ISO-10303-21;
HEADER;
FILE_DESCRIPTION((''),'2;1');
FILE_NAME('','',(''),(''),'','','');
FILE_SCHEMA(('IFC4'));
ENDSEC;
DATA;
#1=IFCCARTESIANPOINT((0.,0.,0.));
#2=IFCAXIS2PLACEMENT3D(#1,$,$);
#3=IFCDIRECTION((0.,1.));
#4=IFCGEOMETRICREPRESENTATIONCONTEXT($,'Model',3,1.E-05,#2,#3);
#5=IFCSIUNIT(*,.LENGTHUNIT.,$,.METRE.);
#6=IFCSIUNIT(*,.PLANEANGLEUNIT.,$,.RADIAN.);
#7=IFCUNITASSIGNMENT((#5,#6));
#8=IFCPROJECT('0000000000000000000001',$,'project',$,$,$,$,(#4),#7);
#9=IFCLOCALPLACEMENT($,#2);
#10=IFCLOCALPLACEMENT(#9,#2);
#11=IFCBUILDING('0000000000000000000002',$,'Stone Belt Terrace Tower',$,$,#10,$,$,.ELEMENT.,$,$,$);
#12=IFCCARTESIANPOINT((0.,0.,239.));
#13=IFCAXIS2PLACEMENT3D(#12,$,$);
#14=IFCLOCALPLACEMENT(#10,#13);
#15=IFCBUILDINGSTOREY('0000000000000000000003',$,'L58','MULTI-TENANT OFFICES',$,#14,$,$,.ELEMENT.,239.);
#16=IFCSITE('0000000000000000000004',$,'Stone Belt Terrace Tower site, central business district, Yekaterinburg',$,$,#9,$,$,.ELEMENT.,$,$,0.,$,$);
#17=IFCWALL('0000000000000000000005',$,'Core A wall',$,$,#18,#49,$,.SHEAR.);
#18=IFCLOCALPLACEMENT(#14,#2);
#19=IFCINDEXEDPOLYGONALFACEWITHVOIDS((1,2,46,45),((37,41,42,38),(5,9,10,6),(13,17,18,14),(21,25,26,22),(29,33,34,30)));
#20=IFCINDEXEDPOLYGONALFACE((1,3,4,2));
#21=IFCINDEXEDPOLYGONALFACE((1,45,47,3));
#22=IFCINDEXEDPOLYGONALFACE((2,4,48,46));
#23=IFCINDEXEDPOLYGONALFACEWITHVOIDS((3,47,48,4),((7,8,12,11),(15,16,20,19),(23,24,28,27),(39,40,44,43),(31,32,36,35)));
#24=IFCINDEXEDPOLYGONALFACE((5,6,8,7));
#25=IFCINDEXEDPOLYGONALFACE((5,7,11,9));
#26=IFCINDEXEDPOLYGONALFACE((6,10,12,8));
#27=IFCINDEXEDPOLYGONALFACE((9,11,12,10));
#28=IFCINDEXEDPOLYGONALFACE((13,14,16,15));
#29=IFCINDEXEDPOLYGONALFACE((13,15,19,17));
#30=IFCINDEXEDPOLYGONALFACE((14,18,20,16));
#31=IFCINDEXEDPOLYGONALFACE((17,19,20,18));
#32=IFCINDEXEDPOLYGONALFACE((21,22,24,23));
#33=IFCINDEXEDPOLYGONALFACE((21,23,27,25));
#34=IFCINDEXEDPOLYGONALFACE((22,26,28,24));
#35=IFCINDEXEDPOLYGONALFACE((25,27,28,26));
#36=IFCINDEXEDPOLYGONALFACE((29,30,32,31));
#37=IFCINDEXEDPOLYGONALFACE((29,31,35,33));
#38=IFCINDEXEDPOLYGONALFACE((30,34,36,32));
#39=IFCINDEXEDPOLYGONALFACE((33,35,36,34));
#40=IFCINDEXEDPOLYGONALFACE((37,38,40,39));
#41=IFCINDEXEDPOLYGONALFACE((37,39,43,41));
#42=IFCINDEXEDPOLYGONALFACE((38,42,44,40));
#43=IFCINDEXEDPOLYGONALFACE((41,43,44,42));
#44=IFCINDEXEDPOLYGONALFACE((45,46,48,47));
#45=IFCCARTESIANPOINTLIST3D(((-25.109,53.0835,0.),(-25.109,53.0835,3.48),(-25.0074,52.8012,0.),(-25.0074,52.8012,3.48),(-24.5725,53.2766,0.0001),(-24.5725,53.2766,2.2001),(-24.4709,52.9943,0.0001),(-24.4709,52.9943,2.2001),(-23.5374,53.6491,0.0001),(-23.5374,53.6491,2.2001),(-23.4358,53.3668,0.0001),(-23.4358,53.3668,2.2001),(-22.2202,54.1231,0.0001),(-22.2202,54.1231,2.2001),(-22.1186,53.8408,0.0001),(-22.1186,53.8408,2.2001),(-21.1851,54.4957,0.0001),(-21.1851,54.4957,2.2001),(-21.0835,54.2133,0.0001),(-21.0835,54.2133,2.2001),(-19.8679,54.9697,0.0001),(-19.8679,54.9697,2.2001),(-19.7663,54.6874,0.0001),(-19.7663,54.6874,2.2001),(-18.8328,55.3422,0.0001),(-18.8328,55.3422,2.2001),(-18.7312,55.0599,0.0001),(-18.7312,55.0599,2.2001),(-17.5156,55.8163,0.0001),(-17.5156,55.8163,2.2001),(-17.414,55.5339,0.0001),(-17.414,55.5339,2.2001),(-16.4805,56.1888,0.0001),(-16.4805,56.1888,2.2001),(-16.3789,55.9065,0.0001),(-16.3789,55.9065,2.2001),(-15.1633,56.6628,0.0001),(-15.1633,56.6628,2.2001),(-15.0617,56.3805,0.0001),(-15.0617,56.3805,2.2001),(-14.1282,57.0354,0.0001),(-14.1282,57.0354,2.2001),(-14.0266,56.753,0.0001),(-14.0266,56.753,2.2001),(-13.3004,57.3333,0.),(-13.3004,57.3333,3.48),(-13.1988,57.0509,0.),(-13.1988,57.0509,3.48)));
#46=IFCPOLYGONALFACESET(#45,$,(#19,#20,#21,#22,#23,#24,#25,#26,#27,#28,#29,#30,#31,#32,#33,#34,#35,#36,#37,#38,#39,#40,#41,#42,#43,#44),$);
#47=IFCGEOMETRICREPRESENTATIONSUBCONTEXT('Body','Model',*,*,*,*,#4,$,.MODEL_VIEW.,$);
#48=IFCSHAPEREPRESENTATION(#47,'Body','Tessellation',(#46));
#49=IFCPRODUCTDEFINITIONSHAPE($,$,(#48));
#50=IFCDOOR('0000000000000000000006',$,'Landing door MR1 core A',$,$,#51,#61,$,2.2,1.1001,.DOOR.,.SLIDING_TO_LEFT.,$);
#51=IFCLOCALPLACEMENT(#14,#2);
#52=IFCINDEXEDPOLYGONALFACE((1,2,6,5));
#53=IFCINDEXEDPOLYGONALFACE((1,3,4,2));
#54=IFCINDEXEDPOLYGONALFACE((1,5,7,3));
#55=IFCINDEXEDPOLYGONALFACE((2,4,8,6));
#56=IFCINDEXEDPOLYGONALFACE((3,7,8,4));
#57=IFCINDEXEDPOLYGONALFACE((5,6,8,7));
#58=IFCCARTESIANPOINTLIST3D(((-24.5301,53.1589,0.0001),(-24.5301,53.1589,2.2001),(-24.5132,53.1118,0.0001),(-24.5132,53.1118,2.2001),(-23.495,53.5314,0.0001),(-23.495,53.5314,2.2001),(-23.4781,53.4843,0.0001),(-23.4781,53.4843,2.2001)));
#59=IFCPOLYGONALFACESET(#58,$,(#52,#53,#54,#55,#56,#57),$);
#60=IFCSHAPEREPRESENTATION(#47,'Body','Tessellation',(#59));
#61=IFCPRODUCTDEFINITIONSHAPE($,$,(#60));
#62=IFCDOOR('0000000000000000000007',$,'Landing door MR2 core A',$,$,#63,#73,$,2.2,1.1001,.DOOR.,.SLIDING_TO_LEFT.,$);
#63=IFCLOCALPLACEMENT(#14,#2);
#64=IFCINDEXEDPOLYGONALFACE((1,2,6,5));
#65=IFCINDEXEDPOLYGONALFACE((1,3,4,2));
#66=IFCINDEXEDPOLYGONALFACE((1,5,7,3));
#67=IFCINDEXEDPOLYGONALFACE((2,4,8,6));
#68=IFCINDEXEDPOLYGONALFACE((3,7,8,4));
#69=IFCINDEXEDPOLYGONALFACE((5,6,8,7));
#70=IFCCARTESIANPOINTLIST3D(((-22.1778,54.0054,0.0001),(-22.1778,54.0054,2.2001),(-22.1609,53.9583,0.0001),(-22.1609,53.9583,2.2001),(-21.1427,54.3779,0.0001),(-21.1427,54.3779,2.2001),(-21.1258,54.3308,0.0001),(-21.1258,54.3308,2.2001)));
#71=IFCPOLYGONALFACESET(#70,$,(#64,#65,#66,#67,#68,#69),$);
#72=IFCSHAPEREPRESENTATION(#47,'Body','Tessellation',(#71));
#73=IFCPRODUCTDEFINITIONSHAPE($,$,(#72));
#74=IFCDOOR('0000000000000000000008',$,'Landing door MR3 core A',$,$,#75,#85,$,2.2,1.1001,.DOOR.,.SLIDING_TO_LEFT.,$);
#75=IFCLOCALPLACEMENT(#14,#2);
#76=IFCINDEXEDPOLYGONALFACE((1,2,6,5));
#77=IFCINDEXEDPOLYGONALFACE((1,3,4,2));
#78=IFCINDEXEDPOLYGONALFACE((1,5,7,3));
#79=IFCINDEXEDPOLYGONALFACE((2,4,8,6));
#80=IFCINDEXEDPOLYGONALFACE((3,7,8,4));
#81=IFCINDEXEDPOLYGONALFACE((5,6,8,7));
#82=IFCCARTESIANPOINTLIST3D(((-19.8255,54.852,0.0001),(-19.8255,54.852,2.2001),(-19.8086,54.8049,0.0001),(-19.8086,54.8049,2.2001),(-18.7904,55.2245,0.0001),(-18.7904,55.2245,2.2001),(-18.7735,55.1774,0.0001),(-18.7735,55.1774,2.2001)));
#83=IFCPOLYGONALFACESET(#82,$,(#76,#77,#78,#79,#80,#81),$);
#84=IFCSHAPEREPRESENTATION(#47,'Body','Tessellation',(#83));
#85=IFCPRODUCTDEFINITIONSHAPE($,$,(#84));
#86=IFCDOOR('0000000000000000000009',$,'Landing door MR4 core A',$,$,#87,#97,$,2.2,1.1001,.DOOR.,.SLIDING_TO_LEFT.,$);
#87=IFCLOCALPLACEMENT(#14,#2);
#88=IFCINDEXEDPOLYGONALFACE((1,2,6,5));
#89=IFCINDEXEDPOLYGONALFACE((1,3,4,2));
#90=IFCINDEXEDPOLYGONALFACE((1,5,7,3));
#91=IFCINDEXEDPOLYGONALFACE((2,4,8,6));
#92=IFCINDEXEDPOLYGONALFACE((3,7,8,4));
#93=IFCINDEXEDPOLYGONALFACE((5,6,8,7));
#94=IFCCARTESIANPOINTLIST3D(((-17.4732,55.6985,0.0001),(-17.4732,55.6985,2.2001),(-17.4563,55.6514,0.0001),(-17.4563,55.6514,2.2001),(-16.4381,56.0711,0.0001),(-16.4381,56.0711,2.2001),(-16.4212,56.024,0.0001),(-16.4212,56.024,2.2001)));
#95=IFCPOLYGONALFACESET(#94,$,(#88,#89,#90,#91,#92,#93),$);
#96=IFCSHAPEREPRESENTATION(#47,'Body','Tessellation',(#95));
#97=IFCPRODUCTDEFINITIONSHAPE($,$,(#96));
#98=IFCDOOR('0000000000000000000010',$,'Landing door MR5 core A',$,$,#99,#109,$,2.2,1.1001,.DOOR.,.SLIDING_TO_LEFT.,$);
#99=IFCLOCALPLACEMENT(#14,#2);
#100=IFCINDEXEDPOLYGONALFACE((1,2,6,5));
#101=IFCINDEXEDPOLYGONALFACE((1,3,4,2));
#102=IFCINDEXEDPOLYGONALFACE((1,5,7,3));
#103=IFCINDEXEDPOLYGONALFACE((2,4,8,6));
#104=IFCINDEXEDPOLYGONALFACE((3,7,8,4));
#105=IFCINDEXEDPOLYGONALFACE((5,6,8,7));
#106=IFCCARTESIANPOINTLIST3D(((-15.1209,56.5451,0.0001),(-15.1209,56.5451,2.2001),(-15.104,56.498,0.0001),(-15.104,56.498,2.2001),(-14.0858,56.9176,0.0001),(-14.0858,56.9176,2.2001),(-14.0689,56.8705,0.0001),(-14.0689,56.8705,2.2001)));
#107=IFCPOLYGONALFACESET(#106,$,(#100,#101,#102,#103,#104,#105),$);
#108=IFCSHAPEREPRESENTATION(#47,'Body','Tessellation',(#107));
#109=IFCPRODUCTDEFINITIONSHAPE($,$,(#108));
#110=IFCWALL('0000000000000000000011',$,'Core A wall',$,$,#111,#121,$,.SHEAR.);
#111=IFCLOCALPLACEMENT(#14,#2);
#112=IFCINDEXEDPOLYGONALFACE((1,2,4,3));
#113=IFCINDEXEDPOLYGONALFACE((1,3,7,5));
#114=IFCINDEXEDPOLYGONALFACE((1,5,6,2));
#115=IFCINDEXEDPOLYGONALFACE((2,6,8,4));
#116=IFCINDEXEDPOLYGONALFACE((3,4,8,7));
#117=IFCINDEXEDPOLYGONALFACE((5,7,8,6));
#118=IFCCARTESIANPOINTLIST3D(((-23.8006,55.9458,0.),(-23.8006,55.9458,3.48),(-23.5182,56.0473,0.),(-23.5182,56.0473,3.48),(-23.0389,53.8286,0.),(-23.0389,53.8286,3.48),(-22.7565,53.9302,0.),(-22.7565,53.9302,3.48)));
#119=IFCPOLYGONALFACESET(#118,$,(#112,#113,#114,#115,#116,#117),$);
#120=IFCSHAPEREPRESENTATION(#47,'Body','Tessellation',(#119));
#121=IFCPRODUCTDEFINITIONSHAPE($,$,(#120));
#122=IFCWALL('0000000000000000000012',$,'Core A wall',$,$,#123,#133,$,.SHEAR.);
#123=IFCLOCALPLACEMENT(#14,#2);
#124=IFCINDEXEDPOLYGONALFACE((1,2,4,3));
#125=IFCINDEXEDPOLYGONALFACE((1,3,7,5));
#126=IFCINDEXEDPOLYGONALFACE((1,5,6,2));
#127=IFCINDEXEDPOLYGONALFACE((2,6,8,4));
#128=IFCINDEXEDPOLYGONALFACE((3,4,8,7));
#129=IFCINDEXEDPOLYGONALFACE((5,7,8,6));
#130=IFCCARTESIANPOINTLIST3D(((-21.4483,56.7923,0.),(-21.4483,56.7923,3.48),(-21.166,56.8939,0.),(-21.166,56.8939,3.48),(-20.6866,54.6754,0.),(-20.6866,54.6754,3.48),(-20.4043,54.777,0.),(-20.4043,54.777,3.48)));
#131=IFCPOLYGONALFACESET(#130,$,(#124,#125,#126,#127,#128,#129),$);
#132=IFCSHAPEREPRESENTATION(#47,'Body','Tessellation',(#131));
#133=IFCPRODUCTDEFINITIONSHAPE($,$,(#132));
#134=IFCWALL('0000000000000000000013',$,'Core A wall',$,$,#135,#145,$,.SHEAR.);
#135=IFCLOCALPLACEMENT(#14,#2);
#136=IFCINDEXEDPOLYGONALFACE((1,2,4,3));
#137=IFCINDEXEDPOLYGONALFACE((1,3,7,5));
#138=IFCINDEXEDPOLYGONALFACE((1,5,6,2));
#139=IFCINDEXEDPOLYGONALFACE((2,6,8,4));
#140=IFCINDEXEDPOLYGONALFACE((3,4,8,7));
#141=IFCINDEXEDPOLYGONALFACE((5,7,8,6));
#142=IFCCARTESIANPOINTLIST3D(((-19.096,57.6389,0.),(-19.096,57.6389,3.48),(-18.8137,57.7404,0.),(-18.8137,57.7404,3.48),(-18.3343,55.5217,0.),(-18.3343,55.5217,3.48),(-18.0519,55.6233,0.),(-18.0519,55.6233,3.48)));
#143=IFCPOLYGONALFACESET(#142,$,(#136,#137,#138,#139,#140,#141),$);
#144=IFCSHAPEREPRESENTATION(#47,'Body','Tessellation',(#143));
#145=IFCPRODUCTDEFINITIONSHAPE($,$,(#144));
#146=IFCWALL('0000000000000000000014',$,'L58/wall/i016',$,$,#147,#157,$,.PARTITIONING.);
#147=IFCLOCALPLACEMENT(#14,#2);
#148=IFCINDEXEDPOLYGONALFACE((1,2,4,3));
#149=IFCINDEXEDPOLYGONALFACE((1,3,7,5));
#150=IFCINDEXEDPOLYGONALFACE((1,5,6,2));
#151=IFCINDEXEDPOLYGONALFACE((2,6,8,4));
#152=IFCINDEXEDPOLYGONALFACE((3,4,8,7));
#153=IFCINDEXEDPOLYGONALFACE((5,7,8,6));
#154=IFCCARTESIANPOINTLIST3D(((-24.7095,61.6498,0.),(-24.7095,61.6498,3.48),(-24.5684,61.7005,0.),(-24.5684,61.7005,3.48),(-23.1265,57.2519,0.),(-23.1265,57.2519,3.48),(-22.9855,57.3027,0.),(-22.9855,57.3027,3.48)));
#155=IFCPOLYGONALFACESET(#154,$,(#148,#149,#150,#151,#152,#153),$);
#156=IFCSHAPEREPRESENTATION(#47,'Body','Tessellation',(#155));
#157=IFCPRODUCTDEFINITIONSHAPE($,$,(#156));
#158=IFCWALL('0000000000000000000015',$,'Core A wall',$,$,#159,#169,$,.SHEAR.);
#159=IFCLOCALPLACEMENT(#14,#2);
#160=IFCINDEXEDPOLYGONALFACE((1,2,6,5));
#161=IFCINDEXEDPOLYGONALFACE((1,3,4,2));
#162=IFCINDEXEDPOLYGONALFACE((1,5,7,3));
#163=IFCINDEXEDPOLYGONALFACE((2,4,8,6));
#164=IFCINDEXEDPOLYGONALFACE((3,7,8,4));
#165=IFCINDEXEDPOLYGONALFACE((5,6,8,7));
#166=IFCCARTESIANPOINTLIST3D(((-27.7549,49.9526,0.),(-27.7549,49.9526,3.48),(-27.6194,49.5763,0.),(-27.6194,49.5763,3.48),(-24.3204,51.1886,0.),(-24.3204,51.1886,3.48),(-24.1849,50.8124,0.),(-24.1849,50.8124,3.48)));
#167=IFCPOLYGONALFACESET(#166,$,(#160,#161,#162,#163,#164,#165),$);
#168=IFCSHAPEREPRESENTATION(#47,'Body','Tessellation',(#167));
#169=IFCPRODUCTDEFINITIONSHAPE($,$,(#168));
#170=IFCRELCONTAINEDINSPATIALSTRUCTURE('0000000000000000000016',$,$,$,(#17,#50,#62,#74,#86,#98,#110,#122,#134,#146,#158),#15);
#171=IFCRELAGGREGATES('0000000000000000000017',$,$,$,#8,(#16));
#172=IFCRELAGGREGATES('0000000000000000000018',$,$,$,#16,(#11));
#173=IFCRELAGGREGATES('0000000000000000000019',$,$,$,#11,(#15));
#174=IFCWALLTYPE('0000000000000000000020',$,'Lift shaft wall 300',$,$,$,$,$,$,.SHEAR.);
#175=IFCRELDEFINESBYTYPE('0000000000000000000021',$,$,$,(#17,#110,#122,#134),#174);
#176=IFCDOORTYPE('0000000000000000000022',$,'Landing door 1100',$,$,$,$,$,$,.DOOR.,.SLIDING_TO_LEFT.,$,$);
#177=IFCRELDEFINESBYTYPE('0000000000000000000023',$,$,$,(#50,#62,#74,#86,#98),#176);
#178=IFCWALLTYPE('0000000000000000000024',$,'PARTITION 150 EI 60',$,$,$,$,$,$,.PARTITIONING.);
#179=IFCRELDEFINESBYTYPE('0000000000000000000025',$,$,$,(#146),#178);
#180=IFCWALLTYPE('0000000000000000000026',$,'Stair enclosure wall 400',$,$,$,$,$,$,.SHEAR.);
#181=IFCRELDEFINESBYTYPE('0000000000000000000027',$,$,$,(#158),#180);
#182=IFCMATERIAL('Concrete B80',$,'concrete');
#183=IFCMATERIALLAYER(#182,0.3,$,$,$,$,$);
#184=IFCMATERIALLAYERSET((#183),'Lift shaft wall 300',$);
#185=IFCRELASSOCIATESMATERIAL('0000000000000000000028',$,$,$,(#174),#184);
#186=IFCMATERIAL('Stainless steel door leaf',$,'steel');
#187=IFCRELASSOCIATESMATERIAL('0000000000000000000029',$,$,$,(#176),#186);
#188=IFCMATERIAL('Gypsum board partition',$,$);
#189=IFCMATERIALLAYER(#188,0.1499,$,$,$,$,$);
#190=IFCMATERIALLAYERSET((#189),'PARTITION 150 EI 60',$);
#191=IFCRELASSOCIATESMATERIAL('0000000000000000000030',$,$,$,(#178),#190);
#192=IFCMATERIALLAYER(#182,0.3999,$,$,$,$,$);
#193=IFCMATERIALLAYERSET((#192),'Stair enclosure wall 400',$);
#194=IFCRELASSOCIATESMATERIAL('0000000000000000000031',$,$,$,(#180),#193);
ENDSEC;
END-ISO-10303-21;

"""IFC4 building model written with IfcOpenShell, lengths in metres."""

from ifc_helpers import new_model, si_unit, direction, frame, frame_2d, origin, place, context, subcontext, project, spatial, rectangle, extrude, material, layer, layer_set, type_object, element, fill, save


model = new_model("IFC4")

# Units and contexts
model_context = context("Model", 3, precision=1e-05, world=origin(), true_north=direction((0.0, 1.0)))
body_context = subcontext(model_context, "Body", "Model", "MODEL_VIEW")
ifc_project = project(units=[si_unit("LENGTHUNIT", "METRE"), si_unit("PLANEANGLEUNIT", "RADIAN")], contexts=[model_context])

# Site, building, storey
site_placement = place(None, origin())
site = spatial("IfcSite", under=ifc_project, at=site_placement, Name="Stone Belt Terrace Tower site, central business district, Yekaterinburg", CompositionType="ELEMENT", RefElevation=0.0)
building_placement = place(site_placement, origin())
building = spatial("IfcBuilding", under=site, at=building_placement, Name="Stone Belt Terrace Tower", CompositionType="ELEMENT")
storey_placement = place(building_placement, frame((0.0, 0.0, 239.0)))
storey = spatial("IfcBuildingStorey", under=building, at=storey_placement, Name="L58", Description="MULTI-TENANT OFFICES", CompositionType="ELEMENT", Elevation=239.0)

# Shared definitions
ifc_material_1 = material(Name="Concrete B80", Category="concrete")

# Shared definitions
ifc_layer_1 = layer(ifc_material_1, 0.3)
ifc_layer_set_1 = layer_set([ifc_layer_1], Name="Lift shaft wall 300")
wall_type_1 = type_object("IfcWallType", Name="Lift shaft wall 300", PredefinedType="SHEAR", material=ifc_layer_set_1)
ifc_material_2 = material(Name="Stainless steel door leaf", Category="steel")

# Wall, openings, doors
wall_1_placement = place(storey_placement, frame((-25.0581, 52.9424, 0.0), z_axis=(0.0, 0.0, 1.0), x_axis=(0.940921, 0.338625, 0.0)))
wall_1 = element("IfcWall", 1, at=wall_1_placement, inside=storey, type_object=wall_type_1, Name="Core A wall", PredefinedType="SHEAR", context=body_context, shape_type="SweptSolid", body=[
    extrude(rectangle(XDim=12.55, YDim=0.3, at=frame_2d((6.2749, 0.0))), origin(), (0.0, 0.0, 1.0), 3.48),
])
opening_1_placement = place(wall_1_placement, frame((0.5701, 0.0, 0.0)))
opening_1 = element("IfcOpeningElement", 2, at=opening_1_placement, cuts=wall_1, PredefinedType="OPENING", context=body_context, shape_type="SweptSolid", body=[
    extrude(rectangle(XDim=1.1001, YDim=2.2, at=frame_2d((0.55, 1.1001))), frame((0.0, 0.1599, 0.0), z_axis=(0.0, -1.0, 0.0), x_axis=(1.0, 0.0, 0.0)), (0.0, 0.0, 1.0), 0.3201),
])
opening_2_placement = place(wall_1_placement, frame((3.0701, 0.0, 0.0)))
opening_2 = element("IfcOpeningElement", 3, at=opening_2_placement, cuts=wall_1, PredefinedType="OPENING", context=body_context, shape_type="SweptSolid", body=[
    extrude(rectangle(XDim=1.1001, YDim=2.2, at=frame_2d((0.55, 1.1001))), frame((0.0, 0.1599, 0.0), z_axis=(0.0, -1.0, 0.0), x_axis=(1.0, 0.0, 0.0)), (0.0, 0.0, 1.0), 0.3201),
])
opening_3_placement = place(wall_1_placement, frame((5.5701, 0.0, 0.0)))
opening_3 = element("IfcOpeningElement", 4, at=opening_3_placement, cuts=wall_1, PredefinedType="OPENING", context=body_context, shape_type="SweptSolid", body=[
    extrude(rectangle(XDim=1.1001, YDim=2.2, at=frame_2d((0.55, 1.1001))), frame((0.0, 0.1599, 0.0), z_axis=(0.0, -1.0, 0.0), x_axis=(1.0, 0.0, 0.0)), (0.0, 0.0, 1.0), 0.3201),
])
opening_4_placement = place(wall_1_placement, frame((8.0701, 0.0, 0.0)))
opening_4 = element("IfcOpeningElement", 5, at=opening_4_placement, cuts=wall_1, PredefinedType="OPENING", context=body_context, shape_type="SweptSolid", body=[
    extrude(rectangle(XDim=1.1001, YDim=2.2, at=frame_2d((0.55, 1.1001))), frame((0.0, 0.1599, 0.0), z_axis=(0.0, -1.0, 0.0), x_axis=(1.0, 0.0, 0.0)), (0.0, 0.0, 1.0), 0.3201),
])
opening_5_placement = place(wall_1_placement, frame((10.5701, 0.0, 0.0)))
opening_5 = element("IfcOpeningElement", 6, at=opening_5_placement, cuts=wall_1, PredefinedType="OPENING", context=body_context, shape_type="SweptSolid", body=[
    extrude(rectangle(XDim=1.1001, YDim=2.2, at=frame_2d((0.55, 1.1001))), frame((0.0, 0.1599, 0.0), z_axis=(0.0, -1.0, 0.0), x_axis=(1.0, 0.0, 0.0)), (0.0, 0.0, 1.0), 0.3201),
])
door_type_1 = type_object("IfcDoorType", Name="Landing door 1100", OperationType="SLIDING_TO_LEFT", PredefinedType="DOOR", material=ifc_material_2)
door_1_placement = place(opening_1_placement, origin())
door_1 = element("IfcDoor", 7, at=door_1_placement, inside=storey, type_object=door_type_1, Name="Landing door MR1 core A", OperationType="SLIDING_TO_LEFT", OverallHeight=2.2, OverallWidth=1.1001, PredefinedType="DOOR", context=body_context, shape_type="SweptSolid", body=[
    extrude(rectangle(XDim=1.1001, YDim=2.2, at=frame_2d((0.55, 1.1001))), frame((0.0, 0.0249, 0.0), z_axis=(0.0, -1.0, 0.0), x_axis=(1.0, 0.0, 0.0)), (0.0, 0.0, 1.0), 0.05),
])
fill(opening_1, door_1)
door_2_placement = place(opening_2_placement, origin())
door_2 = element("IfcDoor", 8, at=door_2_placement, inside=storey, type_object=door_type_1, Name="Landing door MR2 core A", OperationType="SLIDING_TO_LEFT", OverallHeight=2.2, OverallWidth=1.1001, PredefinedType="DOOR", context=body_context, shape_type="SweptSolid", body=[
    extrude(rectangle(XDim=1.1001, YDim=2.2, at=frame_2d((0.55, 1.1001))), frame((0.0, 0.0249, 0.0), z_axis=(0.0, -1.0, 0.0), x_axis=(1.0, 0.0, 0.0)), (0.0, 0.0, 1.0), 0.05),
])
fill(opening_2, door_2)
door_3_placement = place(opening_3_placement, origin())
door_3 = element("IfcDoor", 9, at=door_3_placement, inside=storey, type_object=door_type_1, Name="Landing door MR3 core A", OperationType="SLIDING_TO_LEFT", OverallHeight=2.2, OverallWidth=1.1001, PredefinedType="DOOR", context=body_context, shape_type="SweptSolid", body=[
    extrude(rectangle(XDim=1.1001, YDim=2.2, at=frame_2d((0.55, 1.1001))), frame((0.0, 0.0249, 0.0), z_axis=(0.0, -1.0, 0.0), x_axis=(1.0, 0.0, 0.0)), (0.0, 0.0, 1.0), 0.05),
])
fill(opening_3, door_3)
door_4_placement = place(opening_4_placement, origin())
door_4 = element("IfcDoor", 10, at=door_4_placement, inside=storey, type_object=door_type_1, Name="Landing door MR4 core A", OperationType="SLIDING_TO_LEFT", OverallHeight=2.2, OverallWidth=1.1001, PredefinedType="DOOR", context=body_context, shape_type="SweptSolid", body=[
    extrude(rectangle(XDim=1.1001, YDim=2.2, at=frame_2d((0.55, 1.1001))), frame((0.0, 0.0249, 0.0), z_axis=(0.0, -1.0, 0.0), x_axis=(1.0, 0.0, 0.0)), (0.0, 0.0, 1.0), 0.05),
])
fill(opening_4, door_4)
door_5_placement = place(opening_5_placement, origin())
door_5 = element("IfcDoor", 11, at=door_5_placement, inside=storey, type_object=door_type_1, Name="Landing door MR5 core A", OperationType="SLIDING_TO_LEFT", OverallHeight=2.2, OverallWidth=1.1001, PredefinedType="DOOR", context=body_context, shape_type="SweptSolid", body=[
    extrude(rectangle(XDim=1.1001, YDim=2.2, at=frame_2d((0.55, 1.1001))), frame((0.0, 0.0249, 0.0), z_axis=(0.0, -1.0, 0.0), x_axis=(1.0, 0.0, 0.0)), (0.0, 0.0, 1.0), 0.05),
])
fill(opening_5, door_5)

# Walls
wall_2_placement = place(storey_placement, frame((-22.8977, 53.8794, 0.0), z_axis=(0.0, 0.0, 1.0), x_axis=(-0.338535, 0.940954, 0.0)))
element("IfcWall", 12, at=wall_2_placement, inside=storey, type_object=wall_type_1, Name="Core A wall", PredefinedType="SHEAR", context=body_context, shape_type="SweptSolid", body=[
    extrude(rectangle(XDim=2.25, YDim=0.3, at=frame_2d((1.125, 0.0))), origin(), (0.0, 0.0, 1.0), 3.48),
])
wall_3_placement = place(storey_placement, frame((-20.5454, 54.7261, 0.0), z_axis=(0.0, 0.0, 1.0), x_axis=(-0.33857, 0.940941, 0.0)))
element("IfcWall", 13, at=wall_3_placement, inside=storey, type_object=wall_type_1, Name="Core A wall", PredefinedType="SHEAR", context=body_context, shape_type="SweptSolid", body=[
    extrude(rectangle(XDim=2.2498, YDim=0.3, at=frame_2d((1.125, 0.0))), origin(), (0.0, 0.0, 1.0), 3.48),
])
wall_4_placement = place(storey_placement, frame((-18.1931, 55.5725, 0.0), z_axis=(0.0, 0.0, 1.0), x_axis=(-0.338535, 0.940954, 0.0)))
element("IfcWall", 14, at=wall_4_placement, inside=storey, type_object=wall_type_1, Name="Core A wall", PredefinedType="SHEAR", context=body_context, shape_type="SweptSolid", body=[
    extrude(rectangle(XDim=2.25, YDim=0.3, at=frame_2d((1.125, 0.0))), origin(), (0.0, 0.0, 1.0), 3.48),
])
ifc_material_3 = material(Name="Gypsum board partition")
ifc_layer_2 = layer(ifc_material_3, 0.1499)
ifc_layer_set_2 = layer_set([ifc_layer_2], Name="PARTITION 150 EI 60")
wall_type_2 = type_object("IfcWallType", Name="PARTITION 150 EI 60", PredefinedType="PARTITIONING", material=ifc_layer_set_2)
wall_5_placement = place(storey_placement, frame((-24.6389, 61.675, 0.0), z_axis=(0.0, 0.0, 1.0), x_axis=(0.338671, -0.940905, 0.0)))
element("IfcWall", 15, at=wall_5_placement, inside=storey, type_object=wall_type_2, Name="L58/wall/i016", PredefinedType="PARTITIONING", context=body_context, shape_type="SweptSolid", body=[
    extrude(rectangle(XDim=4.6741, YDim=0.1499, at=frame_2d((2.3369, 0.0))), origin(), (0.0, 0.0, 1.0), 3.48),
])
ifc_layer_3 = layer(ifc_material_1, 0.3999)
ifc_layer_set_3 = layer_set([ifc_layer_3], Name="Stair enclosure wall 400")
wall_type_3 = type_object("IfcWallType", Name="Stair enclosure wall 400", PredefinedType="SHEAR", material=ifc_layer_set_3)
wall_6_placement = place(storey_placement, frame((-27.6873, 49.7644, 0.0), z_axis=(0.0, 0.0, 1.0), x_axis=(0.940919, 0.338632, 0.0)))
element("IfcWall", 16, at=wall_6_placement, inside=storey, type_object=wall_type_3, Name="Core A wall", PredefinedType="SHEAR", context=body_context, shape_type="SweptSolid", body=[
    extrude(rectangle(XDim=3.6501, YDim=0.3999, at=frame_2d((1.8252, 0.0))), origin(), (0.0, 0.0, 1.0), 3.48),
])

save(model, "model.ifc")
